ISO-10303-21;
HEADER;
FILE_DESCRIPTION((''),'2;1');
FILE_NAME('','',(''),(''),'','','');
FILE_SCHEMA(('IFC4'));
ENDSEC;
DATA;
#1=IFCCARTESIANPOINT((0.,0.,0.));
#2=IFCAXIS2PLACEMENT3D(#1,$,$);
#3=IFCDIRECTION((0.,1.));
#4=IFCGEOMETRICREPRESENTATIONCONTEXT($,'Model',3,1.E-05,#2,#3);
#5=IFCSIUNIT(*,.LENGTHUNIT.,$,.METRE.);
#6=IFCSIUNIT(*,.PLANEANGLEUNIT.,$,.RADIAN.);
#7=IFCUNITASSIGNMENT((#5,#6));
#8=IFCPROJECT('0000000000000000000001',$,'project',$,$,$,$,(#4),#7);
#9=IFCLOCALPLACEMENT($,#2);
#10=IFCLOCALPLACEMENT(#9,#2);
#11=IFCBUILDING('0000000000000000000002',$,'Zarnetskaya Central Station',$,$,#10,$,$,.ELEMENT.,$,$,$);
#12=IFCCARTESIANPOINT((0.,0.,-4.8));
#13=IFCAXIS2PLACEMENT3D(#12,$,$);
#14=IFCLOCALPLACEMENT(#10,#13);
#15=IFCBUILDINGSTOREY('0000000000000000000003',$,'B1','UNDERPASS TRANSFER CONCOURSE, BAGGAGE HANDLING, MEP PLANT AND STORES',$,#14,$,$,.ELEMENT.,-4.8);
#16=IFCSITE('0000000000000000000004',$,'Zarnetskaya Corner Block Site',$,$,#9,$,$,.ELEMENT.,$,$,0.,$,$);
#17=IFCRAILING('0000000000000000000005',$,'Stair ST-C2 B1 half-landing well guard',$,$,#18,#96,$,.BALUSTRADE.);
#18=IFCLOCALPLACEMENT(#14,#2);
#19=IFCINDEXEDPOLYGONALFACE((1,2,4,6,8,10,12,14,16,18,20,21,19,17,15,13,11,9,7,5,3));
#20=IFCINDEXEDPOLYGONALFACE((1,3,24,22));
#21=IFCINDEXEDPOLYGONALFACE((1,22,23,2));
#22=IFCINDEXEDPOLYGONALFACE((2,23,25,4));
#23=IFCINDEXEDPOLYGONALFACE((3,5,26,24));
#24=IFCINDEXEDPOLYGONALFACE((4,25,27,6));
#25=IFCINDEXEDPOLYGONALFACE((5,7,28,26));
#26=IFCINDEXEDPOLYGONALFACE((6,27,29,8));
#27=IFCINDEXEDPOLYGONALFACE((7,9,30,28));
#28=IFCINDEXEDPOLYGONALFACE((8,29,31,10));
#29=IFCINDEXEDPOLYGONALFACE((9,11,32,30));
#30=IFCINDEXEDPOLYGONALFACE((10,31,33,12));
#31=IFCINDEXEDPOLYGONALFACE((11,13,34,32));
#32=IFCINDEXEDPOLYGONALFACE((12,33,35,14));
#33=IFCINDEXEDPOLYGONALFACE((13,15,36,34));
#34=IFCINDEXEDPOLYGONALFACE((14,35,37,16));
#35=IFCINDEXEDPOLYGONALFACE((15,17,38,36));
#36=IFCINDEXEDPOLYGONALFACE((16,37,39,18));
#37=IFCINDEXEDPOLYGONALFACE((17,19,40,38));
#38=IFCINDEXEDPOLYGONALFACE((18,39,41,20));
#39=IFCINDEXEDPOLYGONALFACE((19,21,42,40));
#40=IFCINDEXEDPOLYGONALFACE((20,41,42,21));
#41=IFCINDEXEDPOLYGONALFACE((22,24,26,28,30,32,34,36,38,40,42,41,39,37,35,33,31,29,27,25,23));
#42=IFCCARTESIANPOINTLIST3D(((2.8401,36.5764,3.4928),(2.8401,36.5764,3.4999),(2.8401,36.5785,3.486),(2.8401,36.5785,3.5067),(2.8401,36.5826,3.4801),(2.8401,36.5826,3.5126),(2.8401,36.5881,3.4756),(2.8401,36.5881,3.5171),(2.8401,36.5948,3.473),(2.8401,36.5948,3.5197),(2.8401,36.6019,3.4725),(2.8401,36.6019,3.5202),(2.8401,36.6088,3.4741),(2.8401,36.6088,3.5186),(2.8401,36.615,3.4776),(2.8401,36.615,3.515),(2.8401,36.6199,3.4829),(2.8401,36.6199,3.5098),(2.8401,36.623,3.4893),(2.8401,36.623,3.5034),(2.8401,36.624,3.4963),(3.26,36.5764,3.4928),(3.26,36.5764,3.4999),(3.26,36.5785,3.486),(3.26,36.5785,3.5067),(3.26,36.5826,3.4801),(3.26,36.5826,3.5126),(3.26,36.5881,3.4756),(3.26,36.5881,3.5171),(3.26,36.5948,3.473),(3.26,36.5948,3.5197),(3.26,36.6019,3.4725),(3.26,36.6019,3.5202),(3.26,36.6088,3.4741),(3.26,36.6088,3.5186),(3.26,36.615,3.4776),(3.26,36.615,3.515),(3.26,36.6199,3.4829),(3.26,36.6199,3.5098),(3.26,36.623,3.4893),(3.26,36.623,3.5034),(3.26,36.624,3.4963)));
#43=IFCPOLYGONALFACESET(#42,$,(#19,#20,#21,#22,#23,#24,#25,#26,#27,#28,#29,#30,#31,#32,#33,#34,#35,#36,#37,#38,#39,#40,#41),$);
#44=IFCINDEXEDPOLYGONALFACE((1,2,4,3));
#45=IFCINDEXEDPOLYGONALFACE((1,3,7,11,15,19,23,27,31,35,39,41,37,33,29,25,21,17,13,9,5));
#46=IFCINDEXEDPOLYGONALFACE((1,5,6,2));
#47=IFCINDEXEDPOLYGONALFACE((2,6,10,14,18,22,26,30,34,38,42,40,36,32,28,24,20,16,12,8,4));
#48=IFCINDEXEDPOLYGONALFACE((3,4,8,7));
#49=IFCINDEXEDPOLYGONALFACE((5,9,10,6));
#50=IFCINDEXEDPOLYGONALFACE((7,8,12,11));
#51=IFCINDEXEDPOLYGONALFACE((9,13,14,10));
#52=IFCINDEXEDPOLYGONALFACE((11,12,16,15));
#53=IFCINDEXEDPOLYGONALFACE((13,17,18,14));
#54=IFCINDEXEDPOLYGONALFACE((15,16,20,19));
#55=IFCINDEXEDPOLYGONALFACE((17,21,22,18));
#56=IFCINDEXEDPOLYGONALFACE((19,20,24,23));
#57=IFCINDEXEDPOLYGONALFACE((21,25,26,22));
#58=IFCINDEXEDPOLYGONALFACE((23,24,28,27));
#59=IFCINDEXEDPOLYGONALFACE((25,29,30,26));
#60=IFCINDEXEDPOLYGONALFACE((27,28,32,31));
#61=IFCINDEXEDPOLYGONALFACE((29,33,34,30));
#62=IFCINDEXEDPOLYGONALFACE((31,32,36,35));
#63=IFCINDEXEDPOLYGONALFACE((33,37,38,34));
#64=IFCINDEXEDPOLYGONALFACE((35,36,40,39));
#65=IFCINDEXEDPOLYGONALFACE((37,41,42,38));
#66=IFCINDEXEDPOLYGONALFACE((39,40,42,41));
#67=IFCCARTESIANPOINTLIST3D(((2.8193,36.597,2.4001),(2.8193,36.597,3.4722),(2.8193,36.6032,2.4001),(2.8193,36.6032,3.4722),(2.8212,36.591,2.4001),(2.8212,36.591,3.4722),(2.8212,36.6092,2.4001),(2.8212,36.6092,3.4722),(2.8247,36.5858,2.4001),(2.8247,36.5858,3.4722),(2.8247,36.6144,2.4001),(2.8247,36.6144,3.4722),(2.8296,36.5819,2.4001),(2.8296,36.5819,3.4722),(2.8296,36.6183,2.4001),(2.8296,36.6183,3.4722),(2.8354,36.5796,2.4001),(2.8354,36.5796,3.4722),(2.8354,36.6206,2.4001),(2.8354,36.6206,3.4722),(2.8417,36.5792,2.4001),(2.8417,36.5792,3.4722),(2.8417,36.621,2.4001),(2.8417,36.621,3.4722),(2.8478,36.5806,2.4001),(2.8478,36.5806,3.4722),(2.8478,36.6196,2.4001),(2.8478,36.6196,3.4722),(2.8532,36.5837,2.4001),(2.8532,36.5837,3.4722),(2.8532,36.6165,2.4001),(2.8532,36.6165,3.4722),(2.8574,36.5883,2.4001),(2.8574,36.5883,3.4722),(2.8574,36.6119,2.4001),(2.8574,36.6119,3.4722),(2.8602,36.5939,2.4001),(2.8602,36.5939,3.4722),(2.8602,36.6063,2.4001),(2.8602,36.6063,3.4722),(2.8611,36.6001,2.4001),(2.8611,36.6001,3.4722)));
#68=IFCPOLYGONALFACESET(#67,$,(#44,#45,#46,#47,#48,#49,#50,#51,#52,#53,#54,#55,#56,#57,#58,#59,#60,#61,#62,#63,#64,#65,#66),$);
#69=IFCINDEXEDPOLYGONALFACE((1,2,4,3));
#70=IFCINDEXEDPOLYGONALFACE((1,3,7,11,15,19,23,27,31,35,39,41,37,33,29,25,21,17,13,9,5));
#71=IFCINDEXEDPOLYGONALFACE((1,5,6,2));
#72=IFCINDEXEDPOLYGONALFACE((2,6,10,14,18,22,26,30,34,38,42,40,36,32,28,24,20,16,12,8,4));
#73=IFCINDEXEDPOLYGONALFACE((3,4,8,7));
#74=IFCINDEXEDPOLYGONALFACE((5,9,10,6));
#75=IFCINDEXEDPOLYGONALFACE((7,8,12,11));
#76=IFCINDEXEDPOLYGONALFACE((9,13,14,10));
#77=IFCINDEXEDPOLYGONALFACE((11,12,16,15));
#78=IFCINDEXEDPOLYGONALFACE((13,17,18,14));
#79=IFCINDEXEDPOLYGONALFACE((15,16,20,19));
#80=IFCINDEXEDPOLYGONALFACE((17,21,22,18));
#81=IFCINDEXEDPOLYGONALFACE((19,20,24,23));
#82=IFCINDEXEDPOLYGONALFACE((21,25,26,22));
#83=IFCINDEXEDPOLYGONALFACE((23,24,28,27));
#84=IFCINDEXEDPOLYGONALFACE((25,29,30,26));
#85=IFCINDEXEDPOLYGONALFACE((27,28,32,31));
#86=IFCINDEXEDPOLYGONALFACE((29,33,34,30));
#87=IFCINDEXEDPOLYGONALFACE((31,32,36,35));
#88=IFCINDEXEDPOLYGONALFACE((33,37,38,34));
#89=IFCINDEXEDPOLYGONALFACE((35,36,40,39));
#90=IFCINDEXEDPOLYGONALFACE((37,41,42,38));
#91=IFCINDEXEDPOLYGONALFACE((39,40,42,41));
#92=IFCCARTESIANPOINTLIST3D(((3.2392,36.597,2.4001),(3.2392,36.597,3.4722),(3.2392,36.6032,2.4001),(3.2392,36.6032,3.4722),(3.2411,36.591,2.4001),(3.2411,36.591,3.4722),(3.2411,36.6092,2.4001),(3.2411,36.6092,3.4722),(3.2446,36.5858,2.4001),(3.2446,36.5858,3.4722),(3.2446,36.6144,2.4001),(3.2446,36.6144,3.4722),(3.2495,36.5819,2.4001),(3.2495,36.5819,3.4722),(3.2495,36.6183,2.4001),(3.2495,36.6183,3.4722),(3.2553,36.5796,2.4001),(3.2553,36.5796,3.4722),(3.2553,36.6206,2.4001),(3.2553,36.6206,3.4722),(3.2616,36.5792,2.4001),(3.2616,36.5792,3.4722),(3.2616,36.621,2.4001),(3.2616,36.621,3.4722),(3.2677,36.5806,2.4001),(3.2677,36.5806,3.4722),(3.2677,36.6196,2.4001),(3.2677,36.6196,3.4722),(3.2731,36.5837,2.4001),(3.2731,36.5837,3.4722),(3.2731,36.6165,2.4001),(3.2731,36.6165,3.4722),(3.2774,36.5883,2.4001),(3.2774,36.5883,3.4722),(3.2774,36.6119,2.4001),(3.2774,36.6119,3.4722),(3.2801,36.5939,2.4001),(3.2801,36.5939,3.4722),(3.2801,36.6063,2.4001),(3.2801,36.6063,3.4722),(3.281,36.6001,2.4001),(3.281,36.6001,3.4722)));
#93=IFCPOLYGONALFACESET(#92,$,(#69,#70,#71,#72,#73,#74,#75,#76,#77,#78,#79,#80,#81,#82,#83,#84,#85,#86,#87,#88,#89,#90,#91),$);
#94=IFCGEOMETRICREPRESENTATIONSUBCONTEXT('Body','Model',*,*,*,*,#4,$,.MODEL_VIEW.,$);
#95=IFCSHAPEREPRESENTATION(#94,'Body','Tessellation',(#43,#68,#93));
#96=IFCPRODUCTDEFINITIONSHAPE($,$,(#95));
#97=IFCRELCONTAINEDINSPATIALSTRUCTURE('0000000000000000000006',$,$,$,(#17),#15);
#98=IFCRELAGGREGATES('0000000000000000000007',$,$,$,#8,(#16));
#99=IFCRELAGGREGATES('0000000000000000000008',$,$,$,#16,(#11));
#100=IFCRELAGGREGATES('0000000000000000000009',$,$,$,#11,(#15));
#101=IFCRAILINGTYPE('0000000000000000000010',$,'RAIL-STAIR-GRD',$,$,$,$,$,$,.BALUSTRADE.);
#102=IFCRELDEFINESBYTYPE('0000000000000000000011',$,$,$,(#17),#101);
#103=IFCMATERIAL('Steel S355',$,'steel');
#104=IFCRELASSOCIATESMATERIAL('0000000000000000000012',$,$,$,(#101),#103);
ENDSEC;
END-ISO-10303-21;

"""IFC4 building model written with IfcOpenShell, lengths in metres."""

from ifc_helpers import new_model, si_unit, direction, frame, origin, origin_2d, place, context, subcontext, project, spatial, circle, extrude, material, type_object, element, save


model = new_model("IFC4")

# Units and contexts
model_context = context("Model", 3, precision=1e-05, world=origin(), true_north=direction((0.0, 1.0)))
body_context = subcontext(model_context, "Body", "Model", "MODEL_VIEW")
ifc_project = project(units=[si_unit("LENGTHUNIT", "METRE"), si_unit("PLANEANGLEUNIT", "RADIAN")], contexts=[model_context])

# Site, building, storey
site_placement = place(None, origin())
site = spatial("IfcSite", under=ifc_project, at=site_placement, Name="Zarnetskaya Corner Block Site", CompositionType="ELEMENT", RefElevation=0.0)
building_placement = place(site_placement, origin())
building = spatial("IfcBuilding", under=site, at=building_placement, Name="Zarnetskaya Central Station", CompositionType="ELEMENT")
storey_placement = place(building_placement, frame((0.0, 0.0, -4.8)))
storey = spatial("IfcBuildingStorey", under=building, at=storey_placement, Name="B1", Description="UNDERPASS TRANSFER CONCOURSE, BAGGAGE HANDLING, MEP PLANT AND STORES", CompositionType="ELEMENT", Elevation=-4.8)

# Railing
ifc_material_1 = material(Name="Steel S355", Category="steel")
railing_type_1 = type_object("IfcRailingType", Name="RAIL-STAIR-GRD", PredefinedType="BALUSTRADE", material=ifc_material_1)
railing_1_placement = place(storey_placement, frame((2.8401, 36.6001, 2.4001)))
element("IfcRailing", 1, at=railing_1_placement, inside=storey, type_object=railing_type_1, Name="Stair ST-C2 B1 half-landing well guard", PredefinedType="BALUSTRADE", context=body_context, shape_type="SweptSolid", body=[
    extrude(circle(Radius=0.0239, at=origin_2d()), frame((0.0, 0.0, 1.0962), z_axis=(1.0, 0.0, 0.0), x_axis=(0.0, 1.0, 0.0)), (0.0, 0.0, 1.0), 0.4199),
    extrude(circle(Radius=0.021, at=origin_2d()), origin(), (0.0, 0.0, 1.0), 1.072),
    extrude(circle(Radius=0.021, at=origin_2d()), frame((0.4199, 0.0, 0.0)), (0.0, 0.0, 1.0), 1.072),
])

save(model, "model.ifc")
